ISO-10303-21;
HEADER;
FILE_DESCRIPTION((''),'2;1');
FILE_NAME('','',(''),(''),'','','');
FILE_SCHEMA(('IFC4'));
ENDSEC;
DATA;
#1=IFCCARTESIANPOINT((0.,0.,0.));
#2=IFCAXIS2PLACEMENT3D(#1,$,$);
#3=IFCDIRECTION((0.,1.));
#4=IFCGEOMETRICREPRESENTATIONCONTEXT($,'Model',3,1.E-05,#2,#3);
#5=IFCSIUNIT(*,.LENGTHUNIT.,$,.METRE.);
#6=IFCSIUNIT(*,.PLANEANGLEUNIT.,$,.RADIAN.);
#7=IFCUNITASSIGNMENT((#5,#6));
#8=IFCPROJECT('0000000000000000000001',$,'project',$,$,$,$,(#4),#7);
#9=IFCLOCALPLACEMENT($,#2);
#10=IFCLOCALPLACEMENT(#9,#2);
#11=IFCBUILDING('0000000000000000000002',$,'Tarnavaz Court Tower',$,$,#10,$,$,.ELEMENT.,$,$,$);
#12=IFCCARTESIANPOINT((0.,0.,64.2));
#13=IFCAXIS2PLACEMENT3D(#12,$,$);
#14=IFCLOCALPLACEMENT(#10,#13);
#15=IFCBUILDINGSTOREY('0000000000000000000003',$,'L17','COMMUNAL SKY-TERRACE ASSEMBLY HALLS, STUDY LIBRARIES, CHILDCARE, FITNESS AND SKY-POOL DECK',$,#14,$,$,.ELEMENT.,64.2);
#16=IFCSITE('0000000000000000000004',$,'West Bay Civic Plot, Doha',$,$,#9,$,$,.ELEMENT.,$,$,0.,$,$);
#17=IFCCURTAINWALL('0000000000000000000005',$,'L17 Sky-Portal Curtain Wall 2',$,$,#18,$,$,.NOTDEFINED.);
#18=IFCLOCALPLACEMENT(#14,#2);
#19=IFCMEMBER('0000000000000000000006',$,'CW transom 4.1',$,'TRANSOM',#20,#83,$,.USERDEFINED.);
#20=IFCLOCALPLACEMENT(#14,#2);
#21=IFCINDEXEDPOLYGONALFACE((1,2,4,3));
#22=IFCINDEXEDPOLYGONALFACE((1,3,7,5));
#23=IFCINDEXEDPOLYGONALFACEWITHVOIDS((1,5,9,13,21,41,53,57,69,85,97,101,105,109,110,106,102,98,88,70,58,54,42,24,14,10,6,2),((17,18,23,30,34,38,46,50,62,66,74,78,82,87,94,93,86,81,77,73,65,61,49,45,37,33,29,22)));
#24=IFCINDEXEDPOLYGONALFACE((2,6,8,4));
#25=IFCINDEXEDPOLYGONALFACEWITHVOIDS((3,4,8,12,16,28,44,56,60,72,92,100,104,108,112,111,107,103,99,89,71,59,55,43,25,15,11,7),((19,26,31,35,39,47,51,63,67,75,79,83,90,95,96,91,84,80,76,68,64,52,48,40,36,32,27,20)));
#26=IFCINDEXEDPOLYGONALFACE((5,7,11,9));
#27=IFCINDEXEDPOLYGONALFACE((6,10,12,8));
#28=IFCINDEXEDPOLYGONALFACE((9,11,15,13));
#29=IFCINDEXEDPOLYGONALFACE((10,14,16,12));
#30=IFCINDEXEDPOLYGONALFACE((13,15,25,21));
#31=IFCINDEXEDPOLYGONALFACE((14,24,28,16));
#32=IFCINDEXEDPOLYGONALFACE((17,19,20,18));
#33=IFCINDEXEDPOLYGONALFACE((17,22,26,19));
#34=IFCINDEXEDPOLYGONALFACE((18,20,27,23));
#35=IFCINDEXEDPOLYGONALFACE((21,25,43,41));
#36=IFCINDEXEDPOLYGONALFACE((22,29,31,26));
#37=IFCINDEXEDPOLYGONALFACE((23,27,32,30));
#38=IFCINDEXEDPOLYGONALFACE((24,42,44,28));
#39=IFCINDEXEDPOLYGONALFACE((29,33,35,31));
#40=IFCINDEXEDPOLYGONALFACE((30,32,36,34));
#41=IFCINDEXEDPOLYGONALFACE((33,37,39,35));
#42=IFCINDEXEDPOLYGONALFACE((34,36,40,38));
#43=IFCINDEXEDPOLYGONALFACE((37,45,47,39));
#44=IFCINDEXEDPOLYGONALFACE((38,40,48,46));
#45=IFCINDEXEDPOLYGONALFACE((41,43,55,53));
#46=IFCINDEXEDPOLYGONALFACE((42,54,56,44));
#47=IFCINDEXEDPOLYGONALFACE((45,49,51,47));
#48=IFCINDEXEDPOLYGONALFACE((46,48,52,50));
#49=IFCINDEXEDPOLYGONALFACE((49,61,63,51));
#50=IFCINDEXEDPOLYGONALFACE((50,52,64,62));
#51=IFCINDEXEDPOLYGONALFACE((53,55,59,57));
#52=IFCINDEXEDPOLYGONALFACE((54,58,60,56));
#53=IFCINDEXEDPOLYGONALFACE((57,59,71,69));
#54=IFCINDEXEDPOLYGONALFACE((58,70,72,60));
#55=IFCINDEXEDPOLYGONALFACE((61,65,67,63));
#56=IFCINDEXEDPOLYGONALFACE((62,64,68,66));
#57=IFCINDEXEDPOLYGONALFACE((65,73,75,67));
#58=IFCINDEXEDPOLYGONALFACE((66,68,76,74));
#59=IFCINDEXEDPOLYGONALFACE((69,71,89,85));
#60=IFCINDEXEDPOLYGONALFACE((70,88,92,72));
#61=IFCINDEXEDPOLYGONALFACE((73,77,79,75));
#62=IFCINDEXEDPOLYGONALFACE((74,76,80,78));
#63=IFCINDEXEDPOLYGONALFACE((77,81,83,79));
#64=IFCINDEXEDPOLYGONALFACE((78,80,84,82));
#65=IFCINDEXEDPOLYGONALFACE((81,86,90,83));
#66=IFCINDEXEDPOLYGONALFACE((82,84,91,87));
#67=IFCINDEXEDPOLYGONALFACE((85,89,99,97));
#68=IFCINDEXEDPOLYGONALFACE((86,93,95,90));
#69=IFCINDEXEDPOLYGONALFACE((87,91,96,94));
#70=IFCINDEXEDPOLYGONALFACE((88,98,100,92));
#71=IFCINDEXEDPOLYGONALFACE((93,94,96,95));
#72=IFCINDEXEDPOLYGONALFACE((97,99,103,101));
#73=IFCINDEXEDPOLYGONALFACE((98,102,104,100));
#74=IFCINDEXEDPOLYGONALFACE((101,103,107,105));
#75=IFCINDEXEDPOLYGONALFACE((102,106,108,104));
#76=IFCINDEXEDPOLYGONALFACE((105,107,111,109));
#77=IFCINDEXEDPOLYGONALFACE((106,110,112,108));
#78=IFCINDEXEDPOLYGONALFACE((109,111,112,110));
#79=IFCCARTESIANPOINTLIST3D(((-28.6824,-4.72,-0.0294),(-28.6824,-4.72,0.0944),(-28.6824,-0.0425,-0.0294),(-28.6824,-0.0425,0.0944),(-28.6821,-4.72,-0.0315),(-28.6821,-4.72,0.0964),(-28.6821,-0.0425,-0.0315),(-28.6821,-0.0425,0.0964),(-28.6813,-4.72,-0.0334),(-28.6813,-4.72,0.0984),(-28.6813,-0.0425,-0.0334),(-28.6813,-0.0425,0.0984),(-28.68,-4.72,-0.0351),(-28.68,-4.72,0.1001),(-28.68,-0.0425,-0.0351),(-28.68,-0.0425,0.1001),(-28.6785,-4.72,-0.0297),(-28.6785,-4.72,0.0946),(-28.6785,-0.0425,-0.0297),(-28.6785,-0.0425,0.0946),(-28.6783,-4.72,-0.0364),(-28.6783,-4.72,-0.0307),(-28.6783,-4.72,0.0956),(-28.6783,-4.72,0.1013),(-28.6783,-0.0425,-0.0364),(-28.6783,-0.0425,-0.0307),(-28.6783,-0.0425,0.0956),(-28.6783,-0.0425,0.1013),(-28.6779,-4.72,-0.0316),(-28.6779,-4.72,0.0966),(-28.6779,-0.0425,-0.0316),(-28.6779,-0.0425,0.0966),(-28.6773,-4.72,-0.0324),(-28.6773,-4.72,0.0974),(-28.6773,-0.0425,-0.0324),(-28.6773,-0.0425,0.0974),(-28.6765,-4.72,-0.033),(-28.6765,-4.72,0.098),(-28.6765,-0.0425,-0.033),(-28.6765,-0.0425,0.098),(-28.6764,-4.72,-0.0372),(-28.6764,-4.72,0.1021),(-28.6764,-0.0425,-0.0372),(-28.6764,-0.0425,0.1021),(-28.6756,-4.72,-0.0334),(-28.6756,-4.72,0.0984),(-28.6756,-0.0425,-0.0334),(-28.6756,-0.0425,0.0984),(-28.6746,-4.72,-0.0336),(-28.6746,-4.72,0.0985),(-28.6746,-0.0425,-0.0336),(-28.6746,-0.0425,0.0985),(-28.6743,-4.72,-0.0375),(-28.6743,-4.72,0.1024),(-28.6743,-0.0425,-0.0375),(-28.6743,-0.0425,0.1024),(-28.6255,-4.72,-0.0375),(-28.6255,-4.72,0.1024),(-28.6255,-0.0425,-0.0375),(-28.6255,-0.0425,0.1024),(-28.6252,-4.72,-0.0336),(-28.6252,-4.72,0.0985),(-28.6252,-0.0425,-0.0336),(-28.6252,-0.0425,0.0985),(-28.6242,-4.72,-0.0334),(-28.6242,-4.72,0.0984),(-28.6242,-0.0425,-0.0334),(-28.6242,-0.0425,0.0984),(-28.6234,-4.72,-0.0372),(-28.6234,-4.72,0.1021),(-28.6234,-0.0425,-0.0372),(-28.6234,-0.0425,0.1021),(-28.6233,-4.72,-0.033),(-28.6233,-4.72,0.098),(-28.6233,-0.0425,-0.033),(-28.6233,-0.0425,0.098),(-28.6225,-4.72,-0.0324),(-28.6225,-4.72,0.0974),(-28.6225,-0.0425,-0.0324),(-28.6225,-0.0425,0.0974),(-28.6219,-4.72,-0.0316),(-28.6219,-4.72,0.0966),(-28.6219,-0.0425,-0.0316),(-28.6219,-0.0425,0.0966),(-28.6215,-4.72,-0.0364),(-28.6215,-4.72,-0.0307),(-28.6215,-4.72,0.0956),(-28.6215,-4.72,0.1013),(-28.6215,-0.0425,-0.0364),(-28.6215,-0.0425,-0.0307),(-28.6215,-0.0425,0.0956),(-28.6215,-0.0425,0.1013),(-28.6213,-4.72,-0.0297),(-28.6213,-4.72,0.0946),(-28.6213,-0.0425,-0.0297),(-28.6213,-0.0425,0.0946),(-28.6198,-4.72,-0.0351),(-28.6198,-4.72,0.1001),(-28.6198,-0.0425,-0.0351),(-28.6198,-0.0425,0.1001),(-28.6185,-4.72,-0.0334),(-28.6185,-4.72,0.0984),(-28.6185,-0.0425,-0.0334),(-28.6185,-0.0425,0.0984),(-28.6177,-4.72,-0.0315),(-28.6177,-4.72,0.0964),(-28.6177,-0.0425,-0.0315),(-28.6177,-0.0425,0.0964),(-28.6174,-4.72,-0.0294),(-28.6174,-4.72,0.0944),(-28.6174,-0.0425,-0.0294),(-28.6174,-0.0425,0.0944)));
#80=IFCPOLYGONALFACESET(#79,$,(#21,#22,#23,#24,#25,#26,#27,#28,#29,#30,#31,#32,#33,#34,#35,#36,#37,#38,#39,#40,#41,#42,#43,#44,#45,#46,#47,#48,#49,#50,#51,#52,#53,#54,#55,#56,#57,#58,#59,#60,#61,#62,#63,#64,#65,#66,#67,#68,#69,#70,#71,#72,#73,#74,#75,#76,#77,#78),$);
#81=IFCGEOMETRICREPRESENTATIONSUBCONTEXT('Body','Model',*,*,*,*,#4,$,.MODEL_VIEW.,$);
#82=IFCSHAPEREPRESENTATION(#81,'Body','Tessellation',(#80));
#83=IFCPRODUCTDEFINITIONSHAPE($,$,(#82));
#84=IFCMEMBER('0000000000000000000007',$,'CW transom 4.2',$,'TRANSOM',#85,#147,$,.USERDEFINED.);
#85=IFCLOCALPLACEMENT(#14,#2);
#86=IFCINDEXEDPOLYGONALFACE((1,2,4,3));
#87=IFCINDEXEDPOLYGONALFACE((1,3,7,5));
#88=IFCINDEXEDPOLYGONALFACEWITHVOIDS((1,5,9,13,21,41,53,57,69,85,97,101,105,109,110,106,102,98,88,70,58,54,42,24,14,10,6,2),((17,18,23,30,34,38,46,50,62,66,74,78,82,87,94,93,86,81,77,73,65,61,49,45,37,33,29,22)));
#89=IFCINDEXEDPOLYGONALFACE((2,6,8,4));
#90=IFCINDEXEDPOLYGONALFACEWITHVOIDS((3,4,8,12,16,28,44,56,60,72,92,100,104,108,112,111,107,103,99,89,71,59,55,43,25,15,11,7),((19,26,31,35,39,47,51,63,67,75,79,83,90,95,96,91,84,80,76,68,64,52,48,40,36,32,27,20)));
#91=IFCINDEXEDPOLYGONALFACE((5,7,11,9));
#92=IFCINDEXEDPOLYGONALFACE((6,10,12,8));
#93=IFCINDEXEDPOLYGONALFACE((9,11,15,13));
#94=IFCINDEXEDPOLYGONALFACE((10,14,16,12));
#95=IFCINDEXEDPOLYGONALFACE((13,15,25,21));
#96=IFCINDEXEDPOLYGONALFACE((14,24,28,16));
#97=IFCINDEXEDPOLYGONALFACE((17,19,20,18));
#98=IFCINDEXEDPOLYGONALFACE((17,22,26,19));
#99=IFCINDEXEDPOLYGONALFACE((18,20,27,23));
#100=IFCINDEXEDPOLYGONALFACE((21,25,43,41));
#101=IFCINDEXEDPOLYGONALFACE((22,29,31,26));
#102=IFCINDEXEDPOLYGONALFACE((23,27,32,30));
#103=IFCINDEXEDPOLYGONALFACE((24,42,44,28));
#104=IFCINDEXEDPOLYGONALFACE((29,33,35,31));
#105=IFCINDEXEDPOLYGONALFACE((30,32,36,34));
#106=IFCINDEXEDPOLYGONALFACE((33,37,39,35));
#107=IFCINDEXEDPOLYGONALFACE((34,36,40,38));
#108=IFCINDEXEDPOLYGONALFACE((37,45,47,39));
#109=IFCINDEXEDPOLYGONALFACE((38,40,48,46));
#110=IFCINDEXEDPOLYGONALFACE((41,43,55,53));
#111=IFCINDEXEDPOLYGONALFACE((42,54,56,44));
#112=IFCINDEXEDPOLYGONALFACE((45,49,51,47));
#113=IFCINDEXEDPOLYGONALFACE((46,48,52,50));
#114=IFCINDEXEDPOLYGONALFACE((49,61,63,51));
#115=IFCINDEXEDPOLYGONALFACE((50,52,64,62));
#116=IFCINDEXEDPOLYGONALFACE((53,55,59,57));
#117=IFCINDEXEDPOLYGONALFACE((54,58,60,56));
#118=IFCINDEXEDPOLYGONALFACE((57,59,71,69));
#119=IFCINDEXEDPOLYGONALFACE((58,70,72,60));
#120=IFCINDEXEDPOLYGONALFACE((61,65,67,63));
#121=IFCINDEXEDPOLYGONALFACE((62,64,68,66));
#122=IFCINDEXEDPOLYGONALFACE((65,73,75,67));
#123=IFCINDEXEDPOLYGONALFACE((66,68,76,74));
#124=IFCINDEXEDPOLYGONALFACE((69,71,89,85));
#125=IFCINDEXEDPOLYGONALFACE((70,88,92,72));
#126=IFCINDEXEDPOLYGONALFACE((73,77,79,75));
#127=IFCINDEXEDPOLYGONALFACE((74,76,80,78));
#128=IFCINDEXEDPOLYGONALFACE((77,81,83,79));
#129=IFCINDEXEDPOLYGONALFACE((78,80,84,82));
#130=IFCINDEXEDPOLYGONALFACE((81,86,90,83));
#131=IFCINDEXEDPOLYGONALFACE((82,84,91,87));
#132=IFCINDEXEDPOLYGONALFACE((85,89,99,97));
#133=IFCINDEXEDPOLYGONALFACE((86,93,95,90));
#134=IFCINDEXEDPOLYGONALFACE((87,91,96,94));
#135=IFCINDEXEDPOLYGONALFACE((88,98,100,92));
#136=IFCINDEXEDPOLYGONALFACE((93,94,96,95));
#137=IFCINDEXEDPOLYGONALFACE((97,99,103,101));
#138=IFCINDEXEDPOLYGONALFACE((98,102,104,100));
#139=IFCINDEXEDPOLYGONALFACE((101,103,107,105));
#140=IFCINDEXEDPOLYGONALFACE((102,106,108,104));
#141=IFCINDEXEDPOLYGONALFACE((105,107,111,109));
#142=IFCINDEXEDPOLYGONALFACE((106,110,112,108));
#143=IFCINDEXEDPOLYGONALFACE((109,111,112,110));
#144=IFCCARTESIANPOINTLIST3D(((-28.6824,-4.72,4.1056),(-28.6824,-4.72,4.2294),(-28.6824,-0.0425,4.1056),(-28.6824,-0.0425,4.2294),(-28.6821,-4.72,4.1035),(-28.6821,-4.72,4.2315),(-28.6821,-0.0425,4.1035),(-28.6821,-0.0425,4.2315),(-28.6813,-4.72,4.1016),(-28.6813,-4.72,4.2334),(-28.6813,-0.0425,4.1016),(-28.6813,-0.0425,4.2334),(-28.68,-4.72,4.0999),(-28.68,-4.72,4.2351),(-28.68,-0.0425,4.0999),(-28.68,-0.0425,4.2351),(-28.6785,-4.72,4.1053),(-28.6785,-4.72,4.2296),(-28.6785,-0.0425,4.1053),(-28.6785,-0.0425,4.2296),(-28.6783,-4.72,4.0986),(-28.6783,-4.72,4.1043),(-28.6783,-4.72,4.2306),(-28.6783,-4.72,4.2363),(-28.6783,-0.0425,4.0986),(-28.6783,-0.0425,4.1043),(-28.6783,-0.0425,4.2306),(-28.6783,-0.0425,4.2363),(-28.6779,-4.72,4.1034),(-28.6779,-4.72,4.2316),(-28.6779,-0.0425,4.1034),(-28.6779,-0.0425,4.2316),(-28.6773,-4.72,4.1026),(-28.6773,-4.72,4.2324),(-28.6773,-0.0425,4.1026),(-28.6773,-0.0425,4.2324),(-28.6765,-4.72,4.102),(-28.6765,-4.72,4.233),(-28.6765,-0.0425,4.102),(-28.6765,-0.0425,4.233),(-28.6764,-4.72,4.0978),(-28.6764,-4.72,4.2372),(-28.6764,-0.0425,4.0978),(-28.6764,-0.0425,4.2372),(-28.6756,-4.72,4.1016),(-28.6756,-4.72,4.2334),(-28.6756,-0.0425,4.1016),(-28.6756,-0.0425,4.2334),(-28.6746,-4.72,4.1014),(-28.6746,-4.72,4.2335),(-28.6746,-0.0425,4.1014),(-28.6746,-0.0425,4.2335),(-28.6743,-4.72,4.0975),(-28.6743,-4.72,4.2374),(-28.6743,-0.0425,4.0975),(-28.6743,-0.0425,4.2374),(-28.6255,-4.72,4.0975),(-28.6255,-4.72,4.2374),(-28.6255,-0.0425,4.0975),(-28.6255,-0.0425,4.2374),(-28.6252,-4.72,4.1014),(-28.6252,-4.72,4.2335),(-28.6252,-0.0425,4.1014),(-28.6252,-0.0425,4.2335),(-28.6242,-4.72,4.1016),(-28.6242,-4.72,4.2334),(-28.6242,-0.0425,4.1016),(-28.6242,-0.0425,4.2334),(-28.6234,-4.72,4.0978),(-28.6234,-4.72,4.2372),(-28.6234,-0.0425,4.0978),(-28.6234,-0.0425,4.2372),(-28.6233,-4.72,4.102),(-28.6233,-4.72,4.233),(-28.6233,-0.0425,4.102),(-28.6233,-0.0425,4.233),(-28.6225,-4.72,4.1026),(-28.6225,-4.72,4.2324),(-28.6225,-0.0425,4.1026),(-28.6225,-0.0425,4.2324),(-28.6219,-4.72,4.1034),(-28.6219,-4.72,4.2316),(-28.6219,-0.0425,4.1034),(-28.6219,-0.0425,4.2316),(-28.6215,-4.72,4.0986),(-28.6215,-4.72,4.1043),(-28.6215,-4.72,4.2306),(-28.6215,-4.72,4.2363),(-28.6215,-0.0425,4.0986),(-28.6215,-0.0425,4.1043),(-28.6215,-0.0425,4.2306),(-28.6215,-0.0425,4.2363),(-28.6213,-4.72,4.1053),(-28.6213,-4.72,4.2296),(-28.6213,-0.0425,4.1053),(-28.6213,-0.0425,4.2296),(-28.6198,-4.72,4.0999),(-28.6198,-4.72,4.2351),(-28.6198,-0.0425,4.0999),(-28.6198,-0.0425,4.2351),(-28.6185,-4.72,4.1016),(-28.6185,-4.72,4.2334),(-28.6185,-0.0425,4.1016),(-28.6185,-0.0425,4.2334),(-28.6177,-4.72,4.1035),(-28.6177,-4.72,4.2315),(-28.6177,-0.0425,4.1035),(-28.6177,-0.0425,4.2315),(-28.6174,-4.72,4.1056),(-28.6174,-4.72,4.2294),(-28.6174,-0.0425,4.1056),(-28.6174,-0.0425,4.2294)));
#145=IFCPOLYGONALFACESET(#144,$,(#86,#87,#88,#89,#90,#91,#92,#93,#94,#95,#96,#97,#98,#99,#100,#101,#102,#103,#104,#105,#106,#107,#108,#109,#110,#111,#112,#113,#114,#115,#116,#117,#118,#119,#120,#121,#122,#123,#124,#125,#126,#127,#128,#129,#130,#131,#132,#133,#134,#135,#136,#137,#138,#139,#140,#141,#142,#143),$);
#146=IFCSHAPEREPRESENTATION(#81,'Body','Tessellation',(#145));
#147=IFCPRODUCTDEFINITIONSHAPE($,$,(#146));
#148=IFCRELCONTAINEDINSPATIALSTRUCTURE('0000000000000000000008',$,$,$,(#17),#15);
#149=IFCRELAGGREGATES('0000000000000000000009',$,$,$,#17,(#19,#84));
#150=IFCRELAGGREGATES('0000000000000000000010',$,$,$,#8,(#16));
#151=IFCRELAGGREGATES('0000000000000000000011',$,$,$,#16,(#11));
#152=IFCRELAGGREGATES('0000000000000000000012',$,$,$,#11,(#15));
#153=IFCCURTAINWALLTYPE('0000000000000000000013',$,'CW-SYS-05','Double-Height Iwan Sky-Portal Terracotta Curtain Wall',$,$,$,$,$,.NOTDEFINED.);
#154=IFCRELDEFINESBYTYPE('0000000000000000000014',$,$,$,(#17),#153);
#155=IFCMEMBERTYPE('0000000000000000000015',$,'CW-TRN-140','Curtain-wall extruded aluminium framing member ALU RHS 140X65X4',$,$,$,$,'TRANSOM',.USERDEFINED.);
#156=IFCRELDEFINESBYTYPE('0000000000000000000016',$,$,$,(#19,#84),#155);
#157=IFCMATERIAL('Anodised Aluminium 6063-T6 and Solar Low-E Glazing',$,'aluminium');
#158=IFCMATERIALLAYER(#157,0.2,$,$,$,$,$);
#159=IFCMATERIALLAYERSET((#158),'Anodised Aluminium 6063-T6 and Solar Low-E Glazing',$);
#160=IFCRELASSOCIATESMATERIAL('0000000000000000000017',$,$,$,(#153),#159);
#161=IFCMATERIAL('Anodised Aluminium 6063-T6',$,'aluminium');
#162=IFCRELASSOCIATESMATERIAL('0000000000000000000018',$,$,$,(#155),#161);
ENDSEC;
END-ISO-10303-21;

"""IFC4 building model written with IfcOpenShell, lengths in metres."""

from ifc_helpers import new_model, si_unit, direction, frame, origin, origin_2d, place, context, subcontext, project, spatial, hollow_rectangle, extrude, material, layer, layer_set, material_profile, profile_set, type_object, element, aggregate, save


model = new_model("IFC4")

# Units and contexts
model_context = context("Model", 3, precision=1e-05, world=origin(), true_north=direction((0.0, 1.0)))
body_context = subcontext(model_context, "Body", "Model", "MODEL_VIEW")
ifc_project = project(units=[si_unit("LENGTHUNIT", "METRE"), si_unit("PLANEANGLEUNIT", "RADIAN")], contexts=[model_context])

# Site, building, storey
site_placement = place(None, origin())
site = spatial("IfcSite", under=ifc_project, at=site_placement, Name="West Bay Civic Plot, Doha", CompositionType="ELEMENT", RefElevation=0.0)
building_placement = place(site_placement, origin())
building = spatial("IfcBuilding", under=site, at=building_placement, Name="Tarnavaz Court Tower", CompositionType="ELEMENT")
storey_placement = place(building_placement, frame((0.0, 0.0, 64.2)))
storey = spatial("IfcBuildingStorey", under=building, at=storey_placement, Name="L17", Description="COMMUNAL SKY-TERRACE ASSEMBLY HALLS, STUDY LIBRARIES, CHILDCARE, FITNESS AND SKY-POOL DECK", CompositionType="ELEMENT", Elevation=64.2)

# Curtain wall, members
ifc_material_1 = material(Name="Anodised Aluminium 6063-T6 and Solar Low-E Glazing", Category="aluminium")
ifc_layer_1 = layer(ifc_material_1, 0.2)
ifc_layer_set_1 = layer_set([ifc_layer_1], Name="Anodised Aluminium 6063-T6 and Solar Low-E Glazing")
curtain_wall_type = type_object("IfcCurtainWallType", Name="CW-SYS-05", Description="Double-Height Iwan Sky-Portal Terracotta Curtain Wall", PredefinedType="NOTDEFINED", material=ifc_layer_set_1)
curtain_wall_placement = place(storey_placement, origin())
curtain_wall = element("IfcCurtainWall", 1, at=curtain_wall_placement, inside=storey, type_object=curtain_wall_type, Name="L17 Sky-Portal Curtain Wall 2", PredefinedType="NOTDEFINED")
ifc_material_2 = material(Name="Anodised Aluminium 6063-T6", Category="aluminium")
ifc_material_profile_1 = material_profile(ifc_material_2, hollow_rectangle(XDim=0.0649, YDim=0.1399, WallThickness=0.0039, InnerFilletRadius=0.0039, OuterFilletRadius=0.0081, at=origin_2d()), Name="ALU RHS 140X65X4")
ifc_profile_set_1 = profile_set([ifc_material_profile_1], Name="Anodised Aluminium 6063-T6")
member_type_1 = type_object("IfcMemberType", Name="CW-TRN-140", Description="Curtain-wall extruded aluminium framing member ALU RHS 140X65X4", ElementType="TRANSOM", PredefinedType="USERDEFINED", material=ifc_profile_set_1)
member_1_placement = place(storey_placement, frame((-28.6499, -4.72, 0.0325), z_axis=(0.0, 1.0, 0.0), x_axis=(-1.0, 0.0, 0.0)))
member_1 = element("IfcMember", 2, at=member_1_placement, type_object=member_type_1, Name="CW transom 4.1", ObjectType="TRANSOM", PredefinedType="USERDEFINED", context=body_context, shape_type="SweptSolid", body=[
    extrude(hollow_rectangle(XDim=0.0649, YDim=0.1399, WallThickness=0.0039, InnerFilletRadius=0.0039, OuterFilletRadius=0.0081, at=origin_2d()), origin(), (0.0, 0.0, 1.0), 4.6775),
])
member_2_placement = place(storey_placement, frame((-28.6499, -4.72, 4.1675), z_axis=(0.0, 1.0, 0.0), x_axis=(-1.0, 0.0, 0.0)))
member_2 = element("IfcMember", 3, at=member_2_placement, type_object=member_type_1, Name="CW transom 4.2", ObjectType="TRANSOM", PredefinedType="USERDEFINED", context=body_context, shape_type="SweptSolid", body=[
    extrude(hollow_rectangle(XDim=0.0649, YDim=0.1399, WallThickness=0.0039, InnerFilletRadius=0.0039, OuterFilletRadius=0.0081, at=origin_2d()), origin(), (0.0, 0.0, 1.0), 4.6775),
])
aggregate(curtain_wall, [member_1, member_2])

save(model, "model.ifc")
